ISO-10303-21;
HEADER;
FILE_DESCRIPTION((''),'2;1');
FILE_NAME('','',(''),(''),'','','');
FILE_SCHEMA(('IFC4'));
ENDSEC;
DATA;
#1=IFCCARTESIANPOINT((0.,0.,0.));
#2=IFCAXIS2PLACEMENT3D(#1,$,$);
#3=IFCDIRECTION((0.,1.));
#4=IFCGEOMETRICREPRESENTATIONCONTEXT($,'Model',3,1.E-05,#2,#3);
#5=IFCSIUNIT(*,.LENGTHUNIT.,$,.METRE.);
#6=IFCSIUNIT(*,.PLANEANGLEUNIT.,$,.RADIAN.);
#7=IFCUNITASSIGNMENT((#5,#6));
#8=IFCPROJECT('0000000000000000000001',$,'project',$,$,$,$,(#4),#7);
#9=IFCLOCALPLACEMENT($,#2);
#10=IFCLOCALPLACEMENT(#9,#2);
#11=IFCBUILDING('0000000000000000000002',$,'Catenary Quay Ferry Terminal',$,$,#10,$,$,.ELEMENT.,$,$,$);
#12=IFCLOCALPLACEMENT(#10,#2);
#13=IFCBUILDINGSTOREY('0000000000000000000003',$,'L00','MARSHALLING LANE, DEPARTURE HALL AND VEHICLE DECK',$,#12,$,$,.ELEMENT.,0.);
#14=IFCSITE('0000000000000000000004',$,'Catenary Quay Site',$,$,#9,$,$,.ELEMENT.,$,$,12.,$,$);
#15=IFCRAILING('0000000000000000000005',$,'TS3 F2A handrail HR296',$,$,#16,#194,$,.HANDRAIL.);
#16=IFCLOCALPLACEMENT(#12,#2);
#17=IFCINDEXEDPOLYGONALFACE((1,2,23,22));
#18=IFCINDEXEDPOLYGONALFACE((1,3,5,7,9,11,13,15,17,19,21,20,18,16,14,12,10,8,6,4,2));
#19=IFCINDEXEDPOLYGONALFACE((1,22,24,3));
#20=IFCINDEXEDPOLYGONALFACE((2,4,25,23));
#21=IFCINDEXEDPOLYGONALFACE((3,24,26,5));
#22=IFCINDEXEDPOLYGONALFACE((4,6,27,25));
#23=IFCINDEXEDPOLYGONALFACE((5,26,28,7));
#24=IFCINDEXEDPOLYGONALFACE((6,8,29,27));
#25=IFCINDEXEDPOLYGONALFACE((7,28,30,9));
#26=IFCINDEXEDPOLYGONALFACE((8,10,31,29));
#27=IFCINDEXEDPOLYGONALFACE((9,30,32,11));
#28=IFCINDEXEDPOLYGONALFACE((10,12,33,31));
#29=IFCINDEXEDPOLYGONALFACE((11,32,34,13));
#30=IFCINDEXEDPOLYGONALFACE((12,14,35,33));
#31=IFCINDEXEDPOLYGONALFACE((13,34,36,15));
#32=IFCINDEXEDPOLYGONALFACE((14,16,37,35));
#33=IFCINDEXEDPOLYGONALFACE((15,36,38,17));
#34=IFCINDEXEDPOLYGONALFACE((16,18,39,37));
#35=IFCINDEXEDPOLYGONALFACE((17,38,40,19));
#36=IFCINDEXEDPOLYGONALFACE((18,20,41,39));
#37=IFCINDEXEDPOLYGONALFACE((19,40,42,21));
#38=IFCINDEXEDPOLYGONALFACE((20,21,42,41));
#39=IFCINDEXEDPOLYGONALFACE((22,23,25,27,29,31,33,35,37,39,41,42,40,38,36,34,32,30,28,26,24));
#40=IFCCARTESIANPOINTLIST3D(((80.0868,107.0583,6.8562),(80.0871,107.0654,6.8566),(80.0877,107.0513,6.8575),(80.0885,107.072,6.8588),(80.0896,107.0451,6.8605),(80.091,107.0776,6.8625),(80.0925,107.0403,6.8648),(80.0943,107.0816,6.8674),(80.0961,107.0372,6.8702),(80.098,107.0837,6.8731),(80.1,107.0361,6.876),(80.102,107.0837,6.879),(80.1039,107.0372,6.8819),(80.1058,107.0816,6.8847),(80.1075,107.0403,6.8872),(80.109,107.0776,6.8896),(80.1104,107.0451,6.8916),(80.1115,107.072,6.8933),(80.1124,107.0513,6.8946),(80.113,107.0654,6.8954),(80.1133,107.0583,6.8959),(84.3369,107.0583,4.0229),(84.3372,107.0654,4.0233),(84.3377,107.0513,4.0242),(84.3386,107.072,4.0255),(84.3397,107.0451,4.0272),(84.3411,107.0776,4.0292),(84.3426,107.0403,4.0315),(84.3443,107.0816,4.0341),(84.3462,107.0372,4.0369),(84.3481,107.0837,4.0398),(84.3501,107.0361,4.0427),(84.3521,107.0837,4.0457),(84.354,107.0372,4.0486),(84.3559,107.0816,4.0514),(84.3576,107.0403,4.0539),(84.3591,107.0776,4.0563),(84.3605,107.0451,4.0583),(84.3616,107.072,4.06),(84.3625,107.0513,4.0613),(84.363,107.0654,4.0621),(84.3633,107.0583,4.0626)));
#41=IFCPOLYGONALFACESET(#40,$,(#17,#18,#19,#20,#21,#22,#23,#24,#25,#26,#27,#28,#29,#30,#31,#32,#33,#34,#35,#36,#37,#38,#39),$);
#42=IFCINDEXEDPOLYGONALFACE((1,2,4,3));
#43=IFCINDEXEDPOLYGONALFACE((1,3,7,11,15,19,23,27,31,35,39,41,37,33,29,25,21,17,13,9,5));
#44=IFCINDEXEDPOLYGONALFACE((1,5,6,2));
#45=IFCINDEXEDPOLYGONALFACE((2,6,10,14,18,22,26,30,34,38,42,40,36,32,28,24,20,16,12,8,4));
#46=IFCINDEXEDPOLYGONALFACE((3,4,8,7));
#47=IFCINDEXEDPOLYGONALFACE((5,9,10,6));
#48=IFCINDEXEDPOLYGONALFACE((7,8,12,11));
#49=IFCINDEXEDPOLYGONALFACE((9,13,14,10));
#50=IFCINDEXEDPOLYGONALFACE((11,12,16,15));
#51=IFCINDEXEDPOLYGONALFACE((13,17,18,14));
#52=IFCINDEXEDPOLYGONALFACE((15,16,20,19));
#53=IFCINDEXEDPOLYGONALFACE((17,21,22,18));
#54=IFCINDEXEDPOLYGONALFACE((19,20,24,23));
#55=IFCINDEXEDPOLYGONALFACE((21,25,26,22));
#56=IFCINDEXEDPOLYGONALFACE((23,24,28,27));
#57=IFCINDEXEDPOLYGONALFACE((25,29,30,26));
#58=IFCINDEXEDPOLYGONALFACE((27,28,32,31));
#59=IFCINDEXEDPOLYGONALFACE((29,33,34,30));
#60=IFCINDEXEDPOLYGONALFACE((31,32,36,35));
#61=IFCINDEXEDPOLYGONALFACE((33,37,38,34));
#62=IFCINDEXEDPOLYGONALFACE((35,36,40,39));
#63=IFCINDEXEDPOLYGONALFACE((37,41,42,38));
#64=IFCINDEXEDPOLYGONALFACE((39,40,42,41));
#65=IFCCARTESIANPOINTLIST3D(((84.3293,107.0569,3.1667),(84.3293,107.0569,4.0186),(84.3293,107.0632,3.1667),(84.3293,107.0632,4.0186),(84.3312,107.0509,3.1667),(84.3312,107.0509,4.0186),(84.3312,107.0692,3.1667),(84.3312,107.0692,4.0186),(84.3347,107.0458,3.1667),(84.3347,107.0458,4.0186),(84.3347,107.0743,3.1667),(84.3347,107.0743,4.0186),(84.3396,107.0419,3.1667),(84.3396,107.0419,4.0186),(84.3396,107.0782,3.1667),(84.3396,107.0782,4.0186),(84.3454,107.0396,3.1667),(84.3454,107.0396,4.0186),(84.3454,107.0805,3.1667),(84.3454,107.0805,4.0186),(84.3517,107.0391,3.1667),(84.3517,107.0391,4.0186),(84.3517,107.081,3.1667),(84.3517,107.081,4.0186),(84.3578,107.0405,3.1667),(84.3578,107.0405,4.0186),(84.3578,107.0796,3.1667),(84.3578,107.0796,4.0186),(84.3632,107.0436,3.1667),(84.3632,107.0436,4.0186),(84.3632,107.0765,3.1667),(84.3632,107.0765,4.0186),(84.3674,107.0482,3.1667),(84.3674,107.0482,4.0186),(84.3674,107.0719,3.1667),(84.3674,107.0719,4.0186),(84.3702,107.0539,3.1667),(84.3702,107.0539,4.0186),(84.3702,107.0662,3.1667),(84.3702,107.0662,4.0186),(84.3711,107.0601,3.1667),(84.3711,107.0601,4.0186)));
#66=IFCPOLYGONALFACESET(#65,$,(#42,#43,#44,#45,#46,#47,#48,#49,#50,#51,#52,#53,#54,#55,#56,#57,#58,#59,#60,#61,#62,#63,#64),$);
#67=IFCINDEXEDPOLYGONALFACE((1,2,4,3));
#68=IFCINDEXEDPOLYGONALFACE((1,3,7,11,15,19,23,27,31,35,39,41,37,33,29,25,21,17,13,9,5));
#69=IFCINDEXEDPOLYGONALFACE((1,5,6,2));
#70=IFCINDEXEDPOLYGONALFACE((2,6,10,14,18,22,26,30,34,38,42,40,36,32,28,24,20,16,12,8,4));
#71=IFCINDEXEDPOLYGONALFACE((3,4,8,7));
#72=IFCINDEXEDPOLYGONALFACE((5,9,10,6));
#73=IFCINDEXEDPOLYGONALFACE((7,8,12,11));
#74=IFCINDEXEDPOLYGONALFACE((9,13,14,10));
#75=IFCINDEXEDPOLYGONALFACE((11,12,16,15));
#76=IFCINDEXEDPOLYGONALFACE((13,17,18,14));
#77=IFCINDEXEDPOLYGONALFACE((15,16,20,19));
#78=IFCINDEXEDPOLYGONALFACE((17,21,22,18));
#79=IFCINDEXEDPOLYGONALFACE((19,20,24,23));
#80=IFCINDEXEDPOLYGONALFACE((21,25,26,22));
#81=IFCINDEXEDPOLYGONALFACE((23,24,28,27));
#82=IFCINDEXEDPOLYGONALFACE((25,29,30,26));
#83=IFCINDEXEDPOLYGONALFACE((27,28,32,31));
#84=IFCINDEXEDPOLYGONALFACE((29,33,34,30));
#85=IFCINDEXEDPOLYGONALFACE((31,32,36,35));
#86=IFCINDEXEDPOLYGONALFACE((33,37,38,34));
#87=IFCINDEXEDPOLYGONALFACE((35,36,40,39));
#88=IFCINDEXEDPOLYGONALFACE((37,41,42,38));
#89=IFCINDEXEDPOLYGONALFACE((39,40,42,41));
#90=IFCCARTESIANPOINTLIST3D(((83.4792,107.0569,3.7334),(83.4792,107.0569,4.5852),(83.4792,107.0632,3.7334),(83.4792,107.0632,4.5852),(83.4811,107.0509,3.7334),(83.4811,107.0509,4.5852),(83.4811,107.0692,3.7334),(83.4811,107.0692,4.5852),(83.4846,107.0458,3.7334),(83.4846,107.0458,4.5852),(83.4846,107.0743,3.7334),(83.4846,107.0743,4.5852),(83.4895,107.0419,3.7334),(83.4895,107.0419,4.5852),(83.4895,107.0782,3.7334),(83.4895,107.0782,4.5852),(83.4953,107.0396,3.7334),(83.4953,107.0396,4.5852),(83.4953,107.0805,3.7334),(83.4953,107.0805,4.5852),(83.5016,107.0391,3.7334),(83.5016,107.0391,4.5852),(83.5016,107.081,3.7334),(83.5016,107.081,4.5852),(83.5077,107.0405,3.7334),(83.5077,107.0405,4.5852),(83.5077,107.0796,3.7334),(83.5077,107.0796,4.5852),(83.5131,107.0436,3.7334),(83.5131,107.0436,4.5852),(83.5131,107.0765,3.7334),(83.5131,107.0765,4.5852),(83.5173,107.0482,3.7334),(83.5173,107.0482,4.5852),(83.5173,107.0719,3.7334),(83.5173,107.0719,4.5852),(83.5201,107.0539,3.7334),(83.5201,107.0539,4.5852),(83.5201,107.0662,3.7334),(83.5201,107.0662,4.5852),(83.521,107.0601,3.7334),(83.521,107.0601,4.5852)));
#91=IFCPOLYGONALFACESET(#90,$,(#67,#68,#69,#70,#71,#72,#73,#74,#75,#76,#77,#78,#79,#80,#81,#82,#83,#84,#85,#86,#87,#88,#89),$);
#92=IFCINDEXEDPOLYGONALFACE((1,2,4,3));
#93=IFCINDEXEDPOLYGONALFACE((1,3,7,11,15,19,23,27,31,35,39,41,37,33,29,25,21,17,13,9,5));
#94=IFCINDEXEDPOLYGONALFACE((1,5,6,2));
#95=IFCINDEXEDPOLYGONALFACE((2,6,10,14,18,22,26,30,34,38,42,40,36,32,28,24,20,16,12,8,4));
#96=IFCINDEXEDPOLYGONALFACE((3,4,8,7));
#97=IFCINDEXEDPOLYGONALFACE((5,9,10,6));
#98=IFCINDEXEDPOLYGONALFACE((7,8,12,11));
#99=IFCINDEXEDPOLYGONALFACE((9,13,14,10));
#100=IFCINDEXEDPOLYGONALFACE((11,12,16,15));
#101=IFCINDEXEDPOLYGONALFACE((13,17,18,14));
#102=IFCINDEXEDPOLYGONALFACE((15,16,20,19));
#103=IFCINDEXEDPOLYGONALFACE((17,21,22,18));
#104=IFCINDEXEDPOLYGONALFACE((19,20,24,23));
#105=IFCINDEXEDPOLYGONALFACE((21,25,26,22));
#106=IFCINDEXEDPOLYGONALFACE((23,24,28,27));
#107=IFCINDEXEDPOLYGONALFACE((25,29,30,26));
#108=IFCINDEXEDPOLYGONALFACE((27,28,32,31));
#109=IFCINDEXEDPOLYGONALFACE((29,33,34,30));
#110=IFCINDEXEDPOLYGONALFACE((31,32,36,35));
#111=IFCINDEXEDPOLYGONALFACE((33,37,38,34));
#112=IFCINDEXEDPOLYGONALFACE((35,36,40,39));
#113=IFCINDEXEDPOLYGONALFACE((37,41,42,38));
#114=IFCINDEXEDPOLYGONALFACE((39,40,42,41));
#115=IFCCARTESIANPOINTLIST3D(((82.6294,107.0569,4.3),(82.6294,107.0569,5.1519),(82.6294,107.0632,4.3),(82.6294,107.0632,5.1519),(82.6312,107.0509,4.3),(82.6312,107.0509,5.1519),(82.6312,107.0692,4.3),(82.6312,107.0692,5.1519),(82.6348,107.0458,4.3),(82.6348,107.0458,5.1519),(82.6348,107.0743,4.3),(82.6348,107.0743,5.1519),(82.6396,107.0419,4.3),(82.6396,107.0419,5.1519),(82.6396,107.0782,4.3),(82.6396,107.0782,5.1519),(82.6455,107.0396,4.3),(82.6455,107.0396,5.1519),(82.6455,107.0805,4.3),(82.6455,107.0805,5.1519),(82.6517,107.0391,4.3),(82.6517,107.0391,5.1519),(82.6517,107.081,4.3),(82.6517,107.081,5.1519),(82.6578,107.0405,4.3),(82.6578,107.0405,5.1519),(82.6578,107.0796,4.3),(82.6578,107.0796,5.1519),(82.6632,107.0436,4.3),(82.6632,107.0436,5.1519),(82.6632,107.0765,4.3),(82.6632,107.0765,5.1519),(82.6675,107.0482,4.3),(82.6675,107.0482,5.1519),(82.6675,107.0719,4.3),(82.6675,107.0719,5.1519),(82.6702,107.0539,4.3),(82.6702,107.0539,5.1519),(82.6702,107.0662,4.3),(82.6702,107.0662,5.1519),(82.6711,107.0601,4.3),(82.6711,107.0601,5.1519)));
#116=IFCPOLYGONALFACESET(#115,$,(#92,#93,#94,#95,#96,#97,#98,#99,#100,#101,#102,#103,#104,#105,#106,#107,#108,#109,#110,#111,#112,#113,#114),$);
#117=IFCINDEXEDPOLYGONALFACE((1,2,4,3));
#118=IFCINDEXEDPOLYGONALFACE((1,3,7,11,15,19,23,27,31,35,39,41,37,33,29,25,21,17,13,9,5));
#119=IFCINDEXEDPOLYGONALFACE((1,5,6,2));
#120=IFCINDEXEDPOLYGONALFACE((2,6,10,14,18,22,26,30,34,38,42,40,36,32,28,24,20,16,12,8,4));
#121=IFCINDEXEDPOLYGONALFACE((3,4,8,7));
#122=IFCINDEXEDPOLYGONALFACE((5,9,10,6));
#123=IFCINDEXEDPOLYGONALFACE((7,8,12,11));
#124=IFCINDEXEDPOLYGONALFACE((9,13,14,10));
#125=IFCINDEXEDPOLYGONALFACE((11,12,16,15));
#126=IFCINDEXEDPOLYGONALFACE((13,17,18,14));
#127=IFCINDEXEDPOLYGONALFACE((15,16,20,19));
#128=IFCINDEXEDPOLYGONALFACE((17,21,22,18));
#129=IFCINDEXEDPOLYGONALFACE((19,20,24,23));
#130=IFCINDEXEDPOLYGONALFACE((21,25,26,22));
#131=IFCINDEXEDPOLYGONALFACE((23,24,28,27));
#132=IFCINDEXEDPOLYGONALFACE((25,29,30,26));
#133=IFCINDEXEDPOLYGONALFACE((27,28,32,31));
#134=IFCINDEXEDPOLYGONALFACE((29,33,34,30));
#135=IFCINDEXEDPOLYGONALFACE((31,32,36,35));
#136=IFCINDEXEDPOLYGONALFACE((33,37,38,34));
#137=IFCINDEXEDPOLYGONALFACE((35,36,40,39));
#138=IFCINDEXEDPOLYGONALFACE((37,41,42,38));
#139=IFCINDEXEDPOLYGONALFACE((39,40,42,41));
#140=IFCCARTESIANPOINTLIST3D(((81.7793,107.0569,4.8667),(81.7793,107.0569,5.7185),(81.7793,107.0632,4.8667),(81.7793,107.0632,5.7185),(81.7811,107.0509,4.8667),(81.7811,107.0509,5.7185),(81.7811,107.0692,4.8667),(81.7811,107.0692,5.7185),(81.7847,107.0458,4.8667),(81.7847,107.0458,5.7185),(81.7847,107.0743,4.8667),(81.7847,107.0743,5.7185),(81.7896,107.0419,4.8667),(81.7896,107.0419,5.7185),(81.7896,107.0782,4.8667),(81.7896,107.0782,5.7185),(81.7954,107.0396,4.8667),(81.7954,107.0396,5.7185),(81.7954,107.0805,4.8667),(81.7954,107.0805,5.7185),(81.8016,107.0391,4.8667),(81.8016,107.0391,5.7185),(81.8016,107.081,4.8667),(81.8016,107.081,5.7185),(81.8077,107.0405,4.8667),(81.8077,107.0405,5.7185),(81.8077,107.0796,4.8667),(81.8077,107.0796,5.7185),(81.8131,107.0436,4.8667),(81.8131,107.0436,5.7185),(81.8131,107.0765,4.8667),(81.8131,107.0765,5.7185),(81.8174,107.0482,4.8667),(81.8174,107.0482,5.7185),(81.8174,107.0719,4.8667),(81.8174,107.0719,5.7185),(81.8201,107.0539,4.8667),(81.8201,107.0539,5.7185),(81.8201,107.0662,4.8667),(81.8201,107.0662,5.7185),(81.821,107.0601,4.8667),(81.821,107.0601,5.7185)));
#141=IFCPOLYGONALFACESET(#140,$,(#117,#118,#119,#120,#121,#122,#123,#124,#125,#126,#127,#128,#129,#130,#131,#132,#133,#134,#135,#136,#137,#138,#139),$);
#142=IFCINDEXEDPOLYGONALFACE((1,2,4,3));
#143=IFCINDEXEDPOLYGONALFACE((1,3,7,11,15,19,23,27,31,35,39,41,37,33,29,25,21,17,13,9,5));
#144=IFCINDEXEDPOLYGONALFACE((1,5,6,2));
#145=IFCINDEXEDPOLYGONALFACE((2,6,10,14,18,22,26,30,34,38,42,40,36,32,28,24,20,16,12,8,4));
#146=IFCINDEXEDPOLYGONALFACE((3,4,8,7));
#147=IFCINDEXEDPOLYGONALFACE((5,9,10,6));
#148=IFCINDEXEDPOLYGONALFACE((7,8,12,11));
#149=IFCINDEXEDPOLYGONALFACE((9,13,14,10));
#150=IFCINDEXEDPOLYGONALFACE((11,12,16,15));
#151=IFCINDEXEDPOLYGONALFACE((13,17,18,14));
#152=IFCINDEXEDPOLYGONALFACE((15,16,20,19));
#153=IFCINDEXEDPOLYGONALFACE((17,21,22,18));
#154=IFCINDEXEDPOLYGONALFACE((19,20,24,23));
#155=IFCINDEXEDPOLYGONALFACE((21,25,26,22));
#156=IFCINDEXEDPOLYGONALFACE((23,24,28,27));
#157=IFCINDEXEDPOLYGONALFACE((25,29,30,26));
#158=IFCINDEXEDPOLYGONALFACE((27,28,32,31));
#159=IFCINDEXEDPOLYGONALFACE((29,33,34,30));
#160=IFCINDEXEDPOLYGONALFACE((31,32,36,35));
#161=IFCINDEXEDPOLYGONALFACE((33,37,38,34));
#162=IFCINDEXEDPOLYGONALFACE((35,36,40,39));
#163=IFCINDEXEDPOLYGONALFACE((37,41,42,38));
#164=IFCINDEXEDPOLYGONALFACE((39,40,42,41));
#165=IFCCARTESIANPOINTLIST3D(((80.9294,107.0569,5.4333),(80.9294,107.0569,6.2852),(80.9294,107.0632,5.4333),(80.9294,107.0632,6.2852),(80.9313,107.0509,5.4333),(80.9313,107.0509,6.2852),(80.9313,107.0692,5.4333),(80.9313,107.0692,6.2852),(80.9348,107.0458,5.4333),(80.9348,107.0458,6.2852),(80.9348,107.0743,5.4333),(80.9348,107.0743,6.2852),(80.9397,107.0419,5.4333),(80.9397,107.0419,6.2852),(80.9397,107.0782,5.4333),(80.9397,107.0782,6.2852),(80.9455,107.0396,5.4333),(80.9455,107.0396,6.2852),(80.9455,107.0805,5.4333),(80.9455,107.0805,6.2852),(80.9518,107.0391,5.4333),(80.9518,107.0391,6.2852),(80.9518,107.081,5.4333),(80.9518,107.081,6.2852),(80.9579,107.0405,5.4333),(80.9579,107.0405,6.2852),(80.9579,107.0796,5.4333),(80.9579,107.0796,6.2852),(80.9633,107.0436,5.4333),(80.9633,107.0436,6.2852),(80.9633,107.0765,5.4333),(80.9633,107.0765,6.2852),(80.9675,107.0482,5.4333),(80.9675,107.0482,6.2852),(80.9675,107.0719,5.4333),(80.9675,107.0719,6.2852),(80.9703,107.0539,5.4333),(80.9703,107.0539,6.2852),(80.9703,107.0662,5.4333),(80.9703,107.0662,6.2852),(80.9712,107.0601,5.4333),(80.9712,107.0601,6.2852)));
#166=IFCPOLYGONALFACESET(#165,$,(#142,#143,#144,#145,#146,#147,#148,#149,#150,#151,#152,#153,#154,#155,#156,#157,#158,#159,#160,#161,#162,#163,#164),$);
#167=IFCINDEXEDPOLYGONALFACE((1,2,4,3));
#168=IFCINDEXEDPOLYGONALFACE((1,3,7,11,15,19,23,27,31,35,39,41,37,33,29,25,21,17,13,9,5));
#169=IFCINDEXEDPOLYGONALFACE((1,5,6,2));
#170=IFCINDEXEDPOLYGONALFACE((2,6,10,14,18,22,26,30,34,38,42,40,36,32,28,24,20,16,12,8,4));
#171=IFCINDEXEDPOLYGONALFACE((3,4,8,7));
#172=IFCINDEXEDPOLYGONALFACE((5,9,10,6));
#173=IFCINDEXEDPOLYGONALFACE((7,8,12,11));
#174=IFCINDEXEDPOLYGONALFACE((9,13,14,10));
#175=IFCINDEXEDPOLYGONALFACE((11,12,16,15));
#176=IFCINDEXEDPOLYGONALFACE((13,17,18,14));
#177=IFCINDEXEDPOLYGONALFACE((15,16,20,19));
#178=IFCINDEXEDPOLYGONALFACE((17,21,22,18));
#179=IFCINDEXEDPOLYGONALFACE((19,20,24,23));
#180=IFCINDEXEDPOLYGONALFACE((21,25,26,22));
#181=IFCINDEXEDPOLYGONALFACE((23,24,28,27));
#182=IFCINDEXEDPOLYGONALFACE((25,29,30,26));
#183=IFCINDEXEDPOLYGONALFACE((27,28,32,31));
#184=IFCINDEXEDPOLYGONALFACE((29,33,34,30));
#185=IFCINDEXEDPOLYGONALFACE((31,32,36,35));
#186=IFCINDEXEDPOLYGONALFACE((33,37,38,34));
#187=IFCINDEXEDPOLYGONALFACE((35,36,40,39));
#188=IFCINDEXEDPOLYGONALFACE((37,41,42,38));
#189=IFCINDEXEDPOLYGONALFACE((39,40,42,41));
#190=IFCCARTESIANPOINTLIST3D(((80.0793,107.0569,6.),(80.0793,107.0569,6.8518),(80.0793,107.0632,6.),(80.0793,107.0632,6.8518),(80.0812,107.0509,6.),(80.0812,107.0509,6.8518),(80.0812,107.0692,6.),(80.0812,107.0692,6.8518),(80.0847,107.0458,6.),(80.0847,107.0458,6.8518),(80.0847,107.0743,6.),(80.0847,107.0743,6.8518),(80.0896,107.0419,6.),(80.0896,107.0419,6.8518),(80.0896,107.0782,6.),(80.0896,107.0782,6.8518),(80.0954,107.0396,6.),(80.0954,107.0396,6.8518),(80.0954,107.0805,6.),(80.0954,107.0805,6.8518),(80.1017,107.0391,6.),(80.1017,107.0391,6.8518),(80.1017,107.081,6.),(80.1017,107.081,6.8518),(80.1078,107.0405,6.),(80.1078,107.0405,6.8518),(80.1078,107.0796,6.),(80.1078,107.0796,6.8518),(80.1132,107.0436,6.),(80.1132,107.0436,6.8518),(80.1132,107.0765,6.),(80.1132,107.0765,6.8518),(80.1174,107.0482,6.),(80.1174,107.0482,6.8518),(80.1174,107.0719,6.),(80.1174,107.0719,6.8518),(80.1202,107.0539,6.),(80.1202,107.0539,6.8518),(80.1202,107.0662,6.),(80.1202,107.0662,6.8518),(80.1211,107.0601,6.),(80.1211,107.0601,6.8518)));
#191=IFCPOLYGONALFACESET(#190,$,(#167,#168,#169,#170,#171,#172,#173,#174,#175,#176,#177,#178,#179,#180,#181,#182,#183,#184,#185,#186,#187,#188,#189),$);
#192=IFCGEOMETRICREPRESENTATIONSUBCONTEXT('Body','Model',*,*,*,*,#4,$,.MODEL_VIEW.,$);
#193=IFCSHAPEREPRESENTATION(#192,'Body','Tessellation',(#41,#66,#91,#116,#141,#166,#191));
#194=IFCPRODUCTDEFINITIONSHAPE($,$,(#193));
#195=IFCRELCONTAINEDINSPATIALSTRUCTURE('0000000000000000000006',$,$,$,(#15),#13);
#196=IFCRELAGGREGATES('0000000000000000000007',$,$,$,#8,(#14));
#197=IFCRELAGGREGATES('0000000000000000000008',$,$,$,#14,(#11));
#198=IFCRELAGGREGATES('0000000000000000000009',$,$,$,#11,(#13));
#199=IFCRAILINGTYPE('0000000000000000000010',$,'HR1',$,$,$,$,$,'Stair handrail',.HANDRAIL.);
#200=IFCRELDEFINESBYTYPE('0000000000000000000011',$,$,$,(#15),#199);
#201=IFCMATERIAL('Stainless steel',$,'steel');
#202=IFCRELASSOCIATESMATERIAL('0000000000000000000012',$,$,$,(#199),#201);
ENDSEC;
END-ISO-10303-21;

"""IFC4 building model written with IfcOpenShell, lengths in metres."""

from ifc_helpers import new_model, si_unit, direction, frame, origin, origin_2d, place, context, subcontext, project, spatial, circle, extrude, material, type_object, element, save


model = new_model("IFC4")

# Units and contexts
model_context = context("Model", 3, precision=1e-05, world=origin(), true_north=direction((0.0, 1.0)))
body_context = subcontext(model_context, "Body", "Model", "MODEL_VIEW")
ifc_project = project(units=[si_unit("LENGTHUNIT", "METRE"), si_unit("PLANEANGLEUNIT", "RADIAN")], contexts=[model_context])

# Site, building, storey
site_placement = place(None, origin())
site = spatial("IfcSite", under=ifc_project, at=site_placement, Name="Catenary Quay Site", CompositionType="ELEMENT", RefElevation=12.0)
building_placement = place(site_placement, origin())
building = spatial("IfcBuilding", under=site, at=building_placement, Name="Catenary Quay Ferry Terminal", CompositionType="ELEMENT")
storey_placement = place(building_placement, origin())
storey = spatial("IfcBuildingStorey", under=building, at=storey_placement, Name="L00", Description="MARSHALLING LANE, DEPARTURE HALL AND VEHICLE DECK", CompositionType="ELEMENT", Elevation=0.0)

# Railing
ifc_material_1 = material(Name="Stainless steel", Category="steel")
railing_type_1 = type_object("IfcRailingType", Name="HR1", ElementType="Stair handrail", PredefinedType="HANDRAIL", material=ifc_material_1)
railing_1_placement = place(storey_placement, frame((84.3501, 107.0601, 3.1667)))
element("IfcRailing", 1, at=railing_1_placement, inside=storey, type_object=railing_type_1, Name="TS3 F2A handrail HR296", PredefinedType="HANDRAIL", context=body_context, shape_type="SweptSolid", body=[
    extrude(circle(Radius=0.0239, at=origin_2d()), frame((0.0, 0.0, 0.876), z_axis=(-0.832058, 0.0, 0.554689), x_axis=(0.0, -1.0, 0.0)), (0.0, 0.0, 1.0), 5.1079),
    extrude(circle(Radius=0.021, at=origin_2d()), origin(), (0.0, 0.0, 1.0), 0.8518),
    extrude(circle(Radius=0.021, at=origin_2d()), frame((-0.8501, 0.0, 0.5667)), (0.0, 0.0, 1.0), 0.8518),
    extrude(circle(Radius=0.021, at=origin_2d()), frame((-1.7, 0.0, 1.1333)), (0.0, 0.0, 1.0), 0.8518),
    extrude(circle(Radius=0.021, at=origin_2d()), frame((-2.55, 0.0, 1.7)), (0.0, 0.0, 1.0), 0.8518),
    extrude(circle(Radius=0.021, at=origin_2d()), frame((-3.3999, 0.0, 2.2666)), (0.0, 0.0, 1.0), 0.8518),
    extrude(circle(Radius=0.021, at=origin_2d()), frame((-4.25, 0.0, 2.8333)), (0.0, 0.0, 1.0), 0.8518),
])

save(model, "model.ifc")
